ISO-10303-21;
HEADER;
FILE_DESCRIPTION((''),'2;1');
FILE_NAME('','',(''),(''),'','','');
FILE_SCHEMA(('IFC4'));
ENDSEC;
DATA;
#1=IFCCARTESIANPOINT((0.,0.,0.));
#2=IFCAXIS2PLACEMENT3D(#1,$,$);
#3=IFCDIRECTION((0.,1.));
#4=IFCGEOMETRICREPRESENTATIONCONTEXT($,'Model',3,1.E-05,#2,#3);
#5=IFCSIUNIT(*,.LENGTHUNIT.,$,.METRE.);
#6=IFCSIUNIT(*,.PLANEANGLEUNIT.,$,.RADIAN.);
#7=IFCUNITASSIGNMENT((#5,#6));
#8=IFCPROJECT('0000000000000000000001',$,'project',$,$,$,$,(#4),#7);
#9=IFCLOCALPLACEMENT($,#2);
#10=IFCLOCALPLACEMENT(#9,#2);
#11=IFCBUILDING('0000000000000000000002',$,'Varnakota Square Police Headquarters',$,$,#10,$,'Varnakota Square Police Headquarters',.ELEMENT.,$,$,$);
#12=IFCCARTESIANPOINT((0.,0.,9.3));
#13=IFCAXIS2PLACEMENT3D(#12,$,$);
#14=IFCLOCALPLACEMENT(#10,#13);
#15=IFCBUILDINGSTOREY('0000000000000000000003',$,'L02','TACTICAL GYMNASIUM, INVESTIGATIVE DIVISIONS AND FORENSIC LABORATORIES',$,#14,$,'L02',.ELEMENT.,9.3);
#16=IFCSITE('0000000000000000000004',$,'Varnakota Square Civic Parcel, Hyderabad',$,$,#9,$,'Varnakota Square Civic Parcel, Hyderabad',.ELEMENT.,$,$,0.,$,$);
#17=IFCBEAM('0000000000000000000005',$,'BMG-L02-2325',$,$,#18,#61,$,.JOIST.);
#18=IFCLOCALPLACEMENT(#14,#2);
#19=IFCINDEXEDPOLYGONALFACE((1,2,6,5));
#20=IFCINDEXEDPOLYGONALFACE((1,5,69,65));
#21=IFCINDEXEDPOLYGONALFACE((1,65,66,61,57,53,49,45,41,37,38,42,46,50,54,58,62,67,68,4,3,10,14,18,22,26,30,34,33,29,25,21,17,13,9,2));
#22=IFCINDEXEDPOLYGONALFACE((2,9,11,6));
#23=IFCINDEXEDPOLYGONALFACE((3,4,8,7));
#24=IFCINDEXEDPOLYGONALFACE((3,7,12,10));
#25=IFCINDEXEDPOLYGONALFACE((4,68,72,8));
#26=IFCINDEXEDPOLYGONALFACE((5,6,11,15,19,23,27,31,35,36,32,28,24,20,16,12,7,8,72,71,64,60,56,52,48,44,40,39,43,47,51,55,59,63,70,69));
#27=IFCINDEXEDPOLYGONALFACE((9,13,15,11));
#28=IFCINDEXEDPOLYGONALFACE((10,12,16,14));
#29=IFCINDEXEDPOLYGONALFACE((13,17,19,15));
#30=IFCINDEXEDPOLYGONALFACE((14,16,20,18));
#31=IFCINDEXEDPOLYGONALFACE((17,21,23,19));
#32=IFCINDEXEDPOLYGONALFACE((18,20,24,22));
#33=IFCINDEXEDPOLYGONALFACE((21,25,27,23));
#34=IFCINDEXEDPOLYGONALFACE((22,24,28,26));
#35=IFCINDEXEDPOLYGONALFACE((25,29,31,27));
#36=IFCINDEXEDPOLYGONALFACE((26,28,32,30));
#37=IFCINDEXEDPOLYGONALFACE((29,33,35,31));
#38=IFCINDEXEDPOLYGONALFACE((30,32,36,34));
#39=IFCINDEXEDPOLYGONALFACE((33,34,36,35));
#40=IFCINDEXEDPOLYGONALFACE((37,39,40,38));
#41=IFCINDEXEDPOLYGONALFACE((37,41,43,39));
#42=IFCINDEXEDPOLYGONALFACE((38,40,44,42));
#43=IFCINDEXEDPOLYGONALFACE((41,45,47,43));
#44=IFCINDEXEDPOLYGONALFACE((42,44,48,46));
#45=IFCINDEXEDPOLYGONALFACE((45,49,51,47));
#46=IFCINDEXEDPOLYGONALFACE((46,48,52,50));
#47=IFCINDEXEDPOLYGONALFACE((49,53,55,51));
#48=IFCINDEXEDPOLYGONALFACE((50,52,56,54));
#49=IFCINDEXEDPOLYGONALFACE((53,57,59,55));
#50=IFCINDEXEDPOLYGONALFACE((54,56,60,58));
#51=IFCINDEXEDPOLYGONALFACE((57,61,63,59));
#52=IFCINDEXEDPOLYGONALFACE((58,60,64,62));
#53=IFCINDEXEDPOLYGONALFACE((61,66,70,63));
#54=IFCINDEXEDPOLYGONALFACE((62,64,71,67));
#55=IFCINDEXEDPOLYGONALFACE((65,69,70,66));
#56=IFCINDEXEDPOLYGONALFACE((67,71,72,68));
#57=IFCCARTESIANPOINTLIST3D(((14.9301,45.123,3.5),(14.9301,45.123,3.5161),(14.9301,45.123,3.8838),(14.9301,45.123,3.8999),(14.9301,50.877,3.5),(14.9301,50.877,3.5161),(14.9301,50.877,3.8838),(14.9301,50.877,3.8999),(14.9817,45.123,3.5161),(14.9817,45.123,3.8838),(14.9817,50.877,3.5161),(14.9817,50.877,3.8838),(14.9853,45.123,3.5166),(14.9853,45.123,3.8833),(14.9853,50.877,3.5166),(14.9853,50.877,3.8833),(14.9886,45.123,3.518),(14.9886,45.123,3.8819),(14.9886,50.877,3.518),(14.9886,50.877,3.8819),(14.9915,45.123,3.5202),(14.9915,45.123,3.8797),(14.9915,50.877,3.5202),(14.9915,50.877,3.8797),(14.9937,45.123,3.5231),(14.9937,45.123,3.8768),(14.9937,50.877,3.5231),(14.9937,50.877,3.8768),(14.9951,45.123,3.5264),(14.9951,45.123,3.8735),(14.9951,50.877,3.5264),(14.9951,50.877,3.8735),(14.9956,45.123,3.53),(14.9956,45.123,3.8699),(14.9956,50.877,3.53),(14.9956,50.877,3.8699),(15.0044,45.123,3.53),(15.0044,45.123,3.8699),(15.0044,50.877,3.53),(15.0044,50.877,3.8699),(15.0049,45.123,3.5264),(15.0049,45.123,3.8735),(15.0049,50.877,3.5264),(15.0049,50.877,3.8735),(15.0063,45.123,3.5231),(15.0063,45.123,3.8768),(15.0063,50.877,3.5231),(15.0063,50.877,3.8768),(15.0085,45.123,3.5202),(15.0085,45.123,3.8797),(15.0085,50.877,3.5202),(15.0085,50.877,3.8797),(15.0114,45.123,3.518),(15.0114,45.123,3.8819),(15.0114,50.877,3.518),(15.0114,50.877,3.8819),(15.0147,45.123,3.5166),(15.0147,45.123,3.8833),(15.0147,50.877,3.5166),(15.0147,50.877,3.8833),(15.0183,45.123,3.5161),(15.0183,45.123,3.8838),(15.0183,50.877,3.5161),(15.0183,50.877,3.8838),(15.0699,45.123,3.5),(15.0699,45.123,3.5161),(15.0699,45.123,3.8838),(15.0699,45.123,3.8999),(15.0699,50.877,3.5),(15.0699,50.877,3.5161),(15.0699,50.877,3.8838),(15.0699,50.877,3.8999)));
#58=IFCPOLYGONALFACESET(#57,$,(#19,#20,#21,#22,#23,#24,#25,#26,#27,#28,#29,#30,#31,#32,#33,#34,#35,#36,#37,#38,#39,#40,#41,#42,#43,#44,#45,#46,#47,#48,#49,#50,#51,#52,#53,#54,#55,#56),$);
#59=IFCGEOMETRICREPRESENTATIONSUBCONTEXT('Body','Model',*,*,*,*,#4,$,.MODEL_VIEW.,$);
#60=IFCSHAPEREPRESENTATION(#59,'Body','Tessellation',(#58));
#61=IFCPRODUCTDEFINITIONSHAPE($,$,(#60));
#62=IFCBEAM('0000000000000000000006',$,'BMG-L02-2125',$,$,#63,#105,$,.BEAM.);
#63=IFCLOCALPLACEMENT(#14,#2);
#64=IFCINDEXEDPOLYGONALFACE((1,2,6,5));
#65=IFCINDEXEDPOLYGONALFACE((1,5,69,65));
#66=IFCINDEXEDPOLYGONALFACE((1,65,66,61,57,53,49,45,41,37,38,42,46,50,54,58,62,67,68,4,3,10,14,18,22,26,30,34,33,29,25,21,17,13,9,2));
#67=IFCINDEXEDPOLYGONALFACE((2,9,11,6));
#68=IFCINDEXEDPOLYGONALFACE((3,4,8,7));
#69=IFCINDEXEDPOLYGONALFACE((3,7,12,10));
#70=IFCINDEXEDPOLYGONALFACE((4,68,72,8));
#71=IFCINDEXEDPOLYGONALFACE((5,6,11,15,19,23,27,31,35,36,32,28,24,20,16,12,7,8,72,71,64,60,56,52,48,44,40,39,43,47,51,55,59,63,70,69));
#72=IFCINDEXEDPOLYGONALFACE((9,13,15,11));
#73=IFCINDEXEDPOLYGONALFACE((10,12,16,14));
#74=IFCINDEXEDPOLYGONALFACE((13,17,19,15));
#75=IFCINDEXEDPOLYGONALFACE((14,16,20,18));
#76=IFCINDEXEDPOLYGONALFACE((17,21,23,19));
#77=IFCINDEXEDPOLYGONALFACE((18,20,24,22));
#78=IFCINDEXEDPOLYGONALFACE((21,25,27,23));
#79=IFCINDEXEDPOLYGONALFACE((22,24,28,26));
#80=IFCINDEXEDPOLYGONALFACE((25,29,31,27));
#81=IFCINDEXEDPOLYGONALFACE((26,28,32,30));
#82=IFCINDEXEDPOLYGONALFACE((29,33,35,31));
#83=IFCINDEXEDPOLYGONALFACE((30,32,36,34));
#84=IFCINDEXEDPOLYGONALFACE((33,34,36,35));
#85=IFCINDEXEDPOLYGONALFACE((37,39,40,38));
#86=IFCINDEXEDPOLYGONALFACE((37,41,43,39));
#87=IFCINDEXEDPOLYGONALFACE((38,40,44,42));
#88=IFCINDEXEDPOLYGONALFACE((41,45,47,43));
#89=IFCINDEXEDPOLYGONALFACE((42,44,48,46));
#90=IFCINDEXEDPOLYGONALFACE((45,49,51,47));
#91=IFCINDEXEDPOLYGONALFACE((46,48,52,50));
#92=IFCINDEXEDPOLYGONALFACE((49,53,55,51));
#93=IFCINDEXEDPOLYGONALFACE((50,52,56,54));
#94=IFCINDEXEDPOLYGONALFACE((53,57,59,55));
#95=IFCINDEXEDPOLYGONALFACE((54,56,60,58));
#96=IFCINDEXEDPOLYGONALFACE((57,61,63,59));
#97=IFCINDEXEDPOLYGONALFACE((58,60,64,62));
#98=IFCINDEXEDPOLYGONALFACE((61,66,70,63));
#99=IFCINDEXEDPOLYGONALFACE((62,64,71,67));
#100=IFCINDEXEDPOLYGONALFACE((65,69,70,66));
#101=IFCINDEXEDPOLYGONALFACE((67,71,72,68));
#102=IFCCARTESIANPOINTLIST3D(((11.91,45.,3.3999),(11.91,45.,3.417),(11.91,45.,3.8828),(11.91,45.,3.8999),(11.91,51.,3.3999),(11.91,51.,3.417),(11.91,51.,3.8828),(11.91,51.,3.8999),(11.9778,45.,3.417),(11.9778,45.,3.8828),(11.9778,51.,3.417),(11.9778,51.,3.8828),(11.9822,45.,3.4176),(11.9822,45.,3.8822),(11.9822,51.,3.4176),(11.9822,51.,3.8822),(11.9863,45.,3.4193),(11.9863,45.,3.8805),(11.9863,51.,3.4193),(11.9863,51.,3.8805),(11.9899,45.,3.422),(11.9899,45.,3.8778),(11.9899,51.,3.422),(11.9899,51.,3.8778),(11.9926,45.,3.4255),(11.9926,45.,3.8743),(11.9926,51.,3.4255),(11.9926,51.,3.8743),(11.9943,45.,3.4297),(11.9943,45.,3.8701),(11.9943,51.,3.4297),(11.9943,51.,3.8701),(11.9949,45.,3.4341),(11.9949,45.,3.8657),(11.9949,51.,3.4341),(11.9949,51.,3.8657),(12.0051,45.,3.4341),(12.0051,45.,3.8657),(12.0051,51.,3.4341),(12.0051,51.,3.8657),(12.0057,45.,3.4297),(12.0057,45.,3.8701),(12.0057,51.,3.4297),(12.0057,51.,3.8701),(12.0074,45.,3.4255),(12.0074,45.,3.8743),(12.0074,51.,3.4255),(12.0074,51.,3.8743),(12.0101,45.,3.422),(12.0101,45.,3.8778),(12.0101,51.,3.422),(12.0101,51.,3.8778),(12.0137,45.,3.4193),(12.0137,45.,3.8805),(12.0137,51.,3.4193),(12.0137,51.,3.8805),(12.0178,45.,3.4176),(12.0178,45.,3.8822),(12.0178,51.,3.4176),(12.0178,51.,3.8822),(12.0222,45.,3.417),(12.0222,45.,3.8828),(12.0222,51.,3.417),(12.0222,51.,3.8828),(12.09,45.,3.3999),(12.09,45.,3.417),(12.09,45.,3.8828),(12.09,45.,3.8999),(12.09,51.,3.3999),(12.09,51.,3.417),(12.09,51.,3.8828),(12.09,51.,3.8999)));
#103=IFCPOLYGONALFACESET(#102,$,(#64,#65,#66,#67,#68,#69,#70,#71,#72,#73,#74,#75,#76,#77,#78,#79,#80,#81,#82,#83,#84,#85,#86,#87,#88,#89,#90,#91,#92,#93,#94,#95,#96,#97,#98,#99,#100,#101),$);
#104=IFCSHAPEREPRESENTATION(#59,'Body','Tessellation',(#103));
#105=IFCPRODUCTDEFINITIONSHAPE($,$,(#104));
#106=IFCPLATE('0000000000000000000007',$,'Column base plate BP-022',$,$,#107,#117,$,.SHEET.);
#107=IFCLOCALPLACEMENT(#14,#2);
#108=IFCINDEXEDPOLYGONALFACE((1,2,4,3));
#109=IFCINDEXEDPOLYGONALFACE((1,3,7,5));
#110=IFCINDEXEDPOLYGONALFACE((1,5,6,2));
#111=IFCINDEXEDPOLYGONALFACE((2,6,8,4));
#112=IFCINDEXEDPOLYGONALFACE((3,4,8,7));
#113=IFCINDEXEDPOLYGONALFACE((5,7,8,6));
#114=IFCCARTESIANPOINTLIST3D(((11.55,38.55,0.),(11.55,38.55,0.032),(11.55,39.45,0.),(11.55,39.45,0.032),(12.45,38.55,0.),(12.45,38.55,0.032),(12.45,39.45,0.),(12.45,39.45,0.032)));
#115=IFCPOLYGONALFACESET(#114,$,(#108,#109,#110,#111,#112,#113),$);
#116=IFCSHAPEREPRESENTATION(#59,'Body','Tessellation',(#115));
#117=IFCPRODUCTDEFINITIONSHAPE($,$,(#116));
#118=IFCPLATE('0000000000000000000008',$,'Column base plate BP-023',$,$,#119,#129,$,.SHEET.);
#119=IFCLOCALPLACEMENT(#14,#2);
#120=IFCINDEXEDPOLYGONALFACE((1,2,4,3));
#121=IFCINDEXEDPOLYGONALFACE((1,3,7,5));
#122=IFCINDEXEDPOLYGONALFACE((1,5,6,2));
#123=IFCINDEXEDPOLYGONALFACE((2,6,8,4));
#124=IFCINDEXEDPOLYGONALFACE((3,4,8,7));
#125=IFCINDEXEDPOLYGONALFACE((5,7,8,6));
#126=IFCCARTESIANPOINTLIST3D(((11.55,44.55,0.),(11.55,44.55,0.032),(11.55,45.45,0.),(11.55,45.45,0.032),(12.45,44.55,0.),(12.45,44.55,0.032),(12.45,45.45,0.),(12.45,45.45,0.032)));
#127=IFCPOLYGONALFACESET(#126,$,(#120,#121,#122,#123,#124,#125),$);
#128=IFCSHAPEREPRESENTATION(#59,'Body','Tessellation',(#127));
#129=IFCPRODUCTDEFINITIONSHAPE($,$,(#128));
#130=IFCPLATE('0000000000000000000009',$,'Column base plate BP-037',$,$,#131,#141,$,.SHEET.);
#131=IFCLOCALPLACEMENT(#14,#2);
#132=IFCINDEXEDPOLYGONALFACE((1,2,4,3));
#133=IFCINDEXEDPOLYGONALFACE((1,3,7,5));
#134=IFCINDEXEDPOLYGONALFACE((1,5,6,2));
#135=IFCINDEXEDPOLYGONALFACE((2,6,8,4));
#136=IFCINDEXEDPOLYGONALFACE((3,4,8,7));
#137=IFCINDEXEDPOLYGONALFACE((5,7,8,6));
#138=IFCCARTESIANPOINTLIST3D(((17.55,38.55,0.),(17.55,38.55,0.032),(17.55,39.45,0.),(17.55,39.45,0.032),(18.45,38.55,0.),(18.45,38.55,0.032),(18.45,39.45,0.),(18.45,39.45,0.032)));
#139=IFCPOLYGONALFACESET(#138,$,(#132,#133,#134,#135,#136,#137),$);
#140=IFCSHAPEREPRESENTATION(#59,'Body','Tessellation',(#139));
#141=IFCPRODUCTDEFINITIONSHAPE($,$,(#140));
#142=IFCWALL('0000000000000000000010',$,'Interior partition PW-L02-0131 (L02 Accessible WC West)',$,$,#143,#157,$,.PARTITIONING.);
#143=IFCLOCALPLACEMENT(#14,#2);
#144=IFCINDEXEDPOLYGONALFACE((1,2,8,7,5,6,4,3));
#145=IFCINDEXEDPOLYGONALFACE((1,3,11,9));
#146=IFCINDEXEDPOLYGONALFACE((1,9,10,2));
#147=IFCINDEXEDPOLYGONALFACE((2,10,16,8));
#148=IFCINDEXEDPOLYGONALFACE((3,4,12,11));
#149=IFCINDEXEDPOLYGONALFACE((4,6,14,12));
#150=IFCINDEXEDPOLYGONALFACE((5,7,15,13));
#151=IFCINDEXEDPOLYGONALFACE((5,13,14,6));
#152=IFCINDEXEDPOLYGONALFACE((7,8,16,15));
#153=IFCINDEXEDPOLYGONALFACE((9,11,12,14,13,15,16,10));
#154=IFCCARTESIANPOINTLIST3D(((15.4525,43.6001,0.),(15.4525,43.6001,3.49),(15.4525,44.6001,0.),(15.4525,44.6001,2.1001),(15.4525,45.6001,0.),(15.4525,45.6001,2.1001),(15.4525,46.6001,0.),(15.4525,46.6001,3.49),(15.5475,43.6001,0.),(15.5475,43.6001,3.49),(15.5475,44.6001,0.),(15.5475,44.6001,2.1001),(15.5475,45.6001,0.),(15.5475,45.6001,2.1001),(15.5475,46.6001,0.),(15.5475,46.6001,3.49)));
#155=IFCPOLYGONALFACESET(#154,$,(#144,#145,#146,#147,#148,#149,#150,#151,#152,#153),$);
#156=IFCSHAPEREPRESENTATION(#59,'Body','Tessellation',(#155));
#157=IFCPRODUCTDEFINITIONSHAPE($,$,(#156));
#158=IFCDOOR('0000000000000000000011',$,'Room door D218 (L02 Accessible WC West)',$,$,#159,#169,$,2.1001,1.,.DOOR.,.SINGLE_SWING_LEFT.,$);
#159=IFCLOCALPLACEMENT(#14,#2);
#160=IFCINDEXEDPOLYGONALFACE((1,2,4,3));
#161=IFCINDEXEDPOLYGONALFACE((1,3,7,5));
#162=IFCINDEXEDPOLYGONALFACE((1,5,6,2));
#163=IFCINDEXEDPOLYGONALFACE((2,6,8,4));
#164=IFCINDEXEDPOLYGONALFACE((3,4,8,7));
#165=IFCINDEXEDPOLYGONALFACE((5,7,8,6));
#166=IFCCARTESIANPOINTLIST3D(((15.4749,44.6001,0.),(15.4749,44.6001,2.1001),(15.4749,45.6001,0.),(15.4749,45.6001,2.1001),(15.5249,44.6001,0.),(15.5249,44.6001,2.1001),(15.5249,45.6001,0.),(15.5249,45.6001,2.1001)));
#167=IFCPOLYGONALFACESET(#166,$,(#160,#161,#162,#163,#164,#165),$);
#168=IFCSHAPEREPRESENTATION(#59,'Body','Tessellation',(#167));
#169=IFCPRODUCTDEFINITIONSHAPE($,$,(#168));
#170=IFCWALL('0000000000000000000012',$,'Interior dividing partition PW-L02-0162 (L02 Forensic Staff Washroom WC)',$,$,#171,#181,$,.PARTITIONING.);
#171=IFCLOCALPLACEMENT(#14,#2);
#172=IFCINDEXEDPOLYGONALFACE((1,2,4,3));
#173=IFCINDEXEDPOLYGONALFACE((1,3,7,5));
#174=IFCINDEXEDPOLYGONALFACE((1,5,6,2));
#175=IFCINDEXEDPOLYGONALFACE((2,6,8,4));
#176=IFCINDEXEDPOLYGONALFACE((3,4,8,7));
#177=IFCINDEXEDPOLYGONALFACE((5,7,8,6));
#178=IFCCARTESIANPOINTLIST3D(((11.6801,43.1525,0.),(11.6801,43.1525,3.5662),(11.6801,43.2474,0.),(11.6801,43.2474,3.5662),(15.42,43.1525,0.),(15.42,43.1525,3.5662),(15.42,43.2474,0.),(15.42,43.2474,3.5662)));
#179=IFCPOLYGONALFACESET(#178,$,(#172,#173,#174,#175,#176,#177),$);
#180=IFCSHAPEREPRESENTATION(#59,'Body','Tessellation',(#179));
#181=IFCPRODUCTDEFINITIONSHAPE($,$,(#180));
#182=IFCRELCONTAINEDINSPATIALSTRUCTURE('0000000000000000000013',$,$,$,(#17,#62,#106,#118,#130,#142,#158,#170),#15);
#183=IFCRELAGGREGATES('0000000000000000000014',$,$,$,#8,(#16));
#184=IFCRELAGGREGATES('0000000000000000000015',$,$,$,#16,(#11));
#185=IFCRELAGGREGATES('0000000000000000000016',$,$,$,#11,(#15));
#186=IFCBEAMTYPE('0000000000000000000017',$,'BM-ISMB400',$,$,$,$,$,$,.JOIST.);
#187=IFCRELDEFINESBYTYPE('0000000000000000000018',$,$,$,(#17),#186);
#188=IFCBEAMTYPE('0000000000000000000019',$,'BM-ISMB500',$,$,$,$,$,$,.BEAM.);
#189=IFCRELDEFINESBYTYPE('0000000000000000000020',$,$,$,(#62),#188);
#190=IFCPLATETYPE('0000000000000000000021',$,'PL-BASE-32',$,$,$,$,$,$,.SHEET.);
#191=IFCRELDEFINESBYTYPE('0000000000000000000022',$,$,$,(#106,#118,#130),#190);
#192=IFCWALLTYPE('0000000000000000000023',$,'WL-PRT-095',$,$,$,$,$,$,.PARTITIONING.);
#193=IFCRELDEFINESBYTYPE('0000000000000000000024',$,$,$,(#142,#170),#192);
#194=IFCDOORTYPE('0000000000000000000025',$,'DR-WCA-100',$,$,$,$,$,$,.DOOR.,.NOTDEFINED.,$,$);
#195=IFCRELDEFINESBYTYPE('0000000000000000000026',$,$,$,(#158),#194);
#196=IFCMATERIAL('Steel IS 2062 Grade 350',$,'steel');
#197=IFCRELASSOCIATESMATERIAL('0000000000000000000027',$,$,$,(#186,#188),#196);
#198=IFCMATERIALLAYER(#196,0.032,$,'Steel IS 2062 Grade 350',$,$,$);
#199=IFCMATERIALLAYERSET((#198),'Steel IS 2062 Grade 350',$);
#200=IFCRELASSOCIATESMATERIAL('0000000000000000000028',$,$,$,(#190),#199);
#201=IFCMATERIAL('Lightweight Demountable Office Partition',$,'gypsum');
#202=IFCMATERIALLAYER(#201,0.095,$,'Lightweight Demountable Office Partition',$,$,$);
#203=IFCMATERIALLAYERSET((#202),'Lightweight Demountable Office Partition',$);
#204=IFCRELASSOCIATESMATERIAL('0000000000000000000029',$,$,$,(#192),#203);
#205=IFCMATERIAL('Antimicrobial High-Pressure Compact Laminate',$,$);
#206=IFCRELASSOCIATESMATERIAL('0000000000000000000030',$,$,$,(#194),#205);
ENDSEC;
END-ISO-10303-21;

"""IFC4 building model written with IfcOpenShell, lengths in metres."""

from ifc_helpers import new_model, si_unit, direction, frame, frame_2d, origin, origin_2d, place, context, subcontext, project, spatial, rectangle, i_section, extrude, material, layer, layer_set, material_profile, profile_set, type_object, element, fill, save


model = new_model("IFC4")

# Units and contexts
model_context = context("Model", 3, precision=1e-05, world=origin(), true_north=direction((0.0, 1.0)))
body_context = subcontext(model_context, "Body", "Model", "MODEL_VIEW")
ifc_project = project(units=[si_unit("LENGTHUNIT", "METRE"), si_unit("PLANEANGLEUNIT", "RADIAN")], contexts=[model_context])

# Site, building, storey
site_placement = place(None, origin())
site = spatial("IfcSite", under=ifc_project, at=site_placement, Name="Varnakota Square Civic Parcel, Hyderabad", LongName="Varnakota Square Civic Parcel, Hyderabad", CompositionType="ELEMENT", RefElevation=0.0)
building_placement = place(site_placement, origin())
building = spatial("IfcBuilding", under=site, at=building_placement, Name="Varnakota Square Police Headquarters", LongName="Varnakota Square Police Headquarters", CompositionType="ELEMENT")
storey_placement = place(building_placement, frame((0.0, 0.0, 9.3)))
storey = spatial("IfcBuildingStorey", under=building, at=storey_placement, Name="L02", Description="TACTICAL GYMNASIUM, INVESTIGATIVE DIVISIONS AND FORENSIC LABORATORIES", LongName="L02", CompositionType="ELEMENT", Elevation=9.3)

# Shared definitions
ifc_material_1 = material(Name="Steel IS 2062 Grade 350", Category="steel")

# Beams
ifc_material_profile_1 = material_profile(ifc_material_1, i_section(OverallWidth=0.1399, OverallDepth=0.3999, WebThickness=0.0088, FlangeThickness=0.0161, FilletRadius=0.0139, at=origin_2d()), Name="ISMB 400")
ifc_profile_set_1 = profile_set([ifc_material_profile_1], Name="Steel IS 2062 Grade 350")
beam_type_1 = type_object("IfcBeamType", Name="BM-ISMB400", PredefinedType="JOIST", material=ifc_profile_set_1)
beam_1_placement = place(storey_placement, frame((15.0, 45.123, 3.7), z_axis=(0.0, 1.0, 0.0), x_axis=(-1.0, 0.0, 0.0)))
element("IfcBeam", 1, at=beam_1_placement, inside=storey, type_object=beam_type_1, Name="BMG-L02-2325", PredefinedType="JOIST", context=body_context, shape_type="SweptSolid", body=[
    extrude(i_section(OverallWidth=0.1399, OverallDepth=0.3999, WebThickness=0.0088, FlangeThickness=0.0161, FilletRadius=0.0139, at=origin_2d()), origin(), (0.0, 0.0, 1.0), 5.7539),
])
ifc_material_profile_2 = material_profile(ifc_material_1, i_section(OverallWidth=0.1799, OverallDepth=0.5, WebThickness=0.0103, FlangeThickness=0.0171, FilletRadius=0.0171, at=origin_2d()), Name="ISMB 500")
ifc_profile_set_2 = profile_set([ifc_material_profile_2], Name="Steel IS 2062 Grade 350")
beam_type_2 = type_object("IfcBeamType", Name="BM-ISMB500", PredefinedType="BEAM", material=ifc_profile_set_2)
beam_2_placement = place(storey_placement, frame((12.0, 45.0, 3.6499), z_axis=(0.0, 1.0, 0.0), x_axis=(-1.0, 0.0, 0.0)))
element("IfcBeam", 2, at=beam_2_placement, inside=storey, type_object=beam_type_2, Name="BMG-L02-2125", PredefinedType="BEAM", context=body_context, shape_type="SweptSolid", body=[
    extrude(i_section(OverallWidth=0.1799, OverallDepth=0.5, WebThickness=0.0103, FlangeThickness=0.0171, FilletRadius=0.0171, at=origin_2d()), origin(), (0.0, 0.0, 1.0), 6.0),
])

# Plates
ifc_layer_1 = layer(ifc_material_1, 0.032, Name="Steel IS 2062 Grade 350")
ifc_layer_set_1 = layer_set([ifc_layer_1], Name="Steel IS 2062 Grade 350")
plate_type = type_object("IfcPlateType", Name="PL-BASE-32", PredefinedType="SHEET", material=ifc_layer_set_1)
for number, where, z_axis, x_axis, name in (
    (3, (12.0, 39.0, 0.0), (0.0, 0.0, 1.0), (1.0, 0.0, 0.0), "Column base plate BP-022"),
    (4, (12.0, 45.0, 0.0), (0.0, 0.0, 1.0), (1.0, 0.0, 0.0), "Column base plate BP-023"),
    (5, (18.0, 39.0, 0.0), (0.0, 0.0, 1.0), (1.0, 0.0, 0.0), "Column base plate BP-037"),
):
    element("IfcPlate", number, at=place(storey_placement, frame(where, z_axis=z_axis, x_axis=x_axis)), inside=storey, type_object=plate_type, Name=name, PredefinedType="SHEET", context=body_context, shape_type="SweptSolid", body=[
        extrude(rectangle(XDim=0.8999, YDim=0.8999, at=origin_2d()), origin(), (0.0, 0.0, 1.0), 0.032),
    ])

# Wall, opening, door
ifc_material_2 = material(Name="Lightweight Demountable Office Partition", Category="gypsum")
ifc_layer_2 = layer(ifc_material_2, 0.095, Name="Lightweight Demountable Office Partition")
ifc_layer_set_2 = layer_set([ifc_layer_2], Name="Lightweight Demountable Office Partition")
wall_type_1 = type_object("IfcWallType", Name="WL-PRT-095", PredefinedType="PARTITIONING", material=ifc_layer_set_2)
wall_1_placement = place(storey_placement, frame((15.5, 46.6001, 0.0), z_axis=(0.0, 0.0, 1.0), x_axis=(0.0, -1.0, 0.0)))
wall_1 = element("IfcWall", 6, at=wall_1_placement, inside=storey, type_object=wall_type_1, Name="Interior partition PW-L02-0131 (L02 Accessible WC West)", PredefinedType="PARTITIONING", context=body_context, shape_type="SweptSolid", body=[
    extrude(rectangle(XDim=3.0, YDim=0.095, at=frame_2d((1.5, 0.0))), origin(), (0.0, 0.0, 1.0), 3.49),
])
opening_1_placement = place(wall_1_placement, frame((1.0, 0.0, 0.0)))
opening_1 = element("IfcOpeningElement", 7, at=opening_1_placement, cuts=wall_1, PredefinedType="OPENING", context=body_context, shape_type="SweptSolid", body=[
    extrude(rectangle(XDim=1.0, YDim=2.1001, at=frame_2d((0.5, 1.05))), frame((0.0, 0.0574, 0.0), z_axis=(0.0, -1.0, 0.0), x_axis=(1.0, 0.0, 0.0)), (0.0, 0.0, 1.0), 0.115),
])
ifc_material_3 = material(Name="Antimicrobial High-Pressure Compact Laminate")
door_type_1 = type_object("IfcDoorType", Name="DR-WCA-100", OperationType="NOTDEFINED", PredefinedType="DOOR", material=ifc_material_3)
door_1_placement = place(opening_1_placement, origin())
door_1 = element("IfcDoor", 8, at=door_1_placement, inside=storey, type_object=door_type_1, Name="Room door D218 (L02 Accessible WC West)", OperationType="SINGLE_SWING_LEFT", OverallHeight=2.1001, OverallWidth=1.0, PredefinedType="DOOR", context=body_context, shape_type="SweptSolid", body=[
    extrude(rectangle(XDim=1.0, YDim=2.1001, at=frame_2d((0.5, 1.05))), frame((0.0, 0.0249, 0.0), z_axis=(0.0, -1.0, 0.0), x_axis=(1.0, 0.0, 0.0)), (0.0, 0.0, 1.0), 0.05),
])
fill(opening_1, door_1)

# Wall
wall_2_placement = place(storey_placement, frame((11.6799, 43.2, 0.0), z_axis=(0.0, 0.0, 1.0), x_axis=(1.0, 0.0, 0.0)))
element("IfcWall", 9, at=wall_2_placement, inside=storey, type_object=wall_type_1, Name="Interior dividing partition PW-L02-0162 (L02 Forensic Staff Washroom WC)", PredefinedType="PARTITIONING", context=body_context, shape_type="SweptSolid", body=[
    extrude(rectangle(XDim=3.74, YDim=0.095, at=frame_2d((1.8701, 0.0))), origin(), (0.0, 0.0, 1.0), 3.5662),
])

save(model, "model.ifc")
